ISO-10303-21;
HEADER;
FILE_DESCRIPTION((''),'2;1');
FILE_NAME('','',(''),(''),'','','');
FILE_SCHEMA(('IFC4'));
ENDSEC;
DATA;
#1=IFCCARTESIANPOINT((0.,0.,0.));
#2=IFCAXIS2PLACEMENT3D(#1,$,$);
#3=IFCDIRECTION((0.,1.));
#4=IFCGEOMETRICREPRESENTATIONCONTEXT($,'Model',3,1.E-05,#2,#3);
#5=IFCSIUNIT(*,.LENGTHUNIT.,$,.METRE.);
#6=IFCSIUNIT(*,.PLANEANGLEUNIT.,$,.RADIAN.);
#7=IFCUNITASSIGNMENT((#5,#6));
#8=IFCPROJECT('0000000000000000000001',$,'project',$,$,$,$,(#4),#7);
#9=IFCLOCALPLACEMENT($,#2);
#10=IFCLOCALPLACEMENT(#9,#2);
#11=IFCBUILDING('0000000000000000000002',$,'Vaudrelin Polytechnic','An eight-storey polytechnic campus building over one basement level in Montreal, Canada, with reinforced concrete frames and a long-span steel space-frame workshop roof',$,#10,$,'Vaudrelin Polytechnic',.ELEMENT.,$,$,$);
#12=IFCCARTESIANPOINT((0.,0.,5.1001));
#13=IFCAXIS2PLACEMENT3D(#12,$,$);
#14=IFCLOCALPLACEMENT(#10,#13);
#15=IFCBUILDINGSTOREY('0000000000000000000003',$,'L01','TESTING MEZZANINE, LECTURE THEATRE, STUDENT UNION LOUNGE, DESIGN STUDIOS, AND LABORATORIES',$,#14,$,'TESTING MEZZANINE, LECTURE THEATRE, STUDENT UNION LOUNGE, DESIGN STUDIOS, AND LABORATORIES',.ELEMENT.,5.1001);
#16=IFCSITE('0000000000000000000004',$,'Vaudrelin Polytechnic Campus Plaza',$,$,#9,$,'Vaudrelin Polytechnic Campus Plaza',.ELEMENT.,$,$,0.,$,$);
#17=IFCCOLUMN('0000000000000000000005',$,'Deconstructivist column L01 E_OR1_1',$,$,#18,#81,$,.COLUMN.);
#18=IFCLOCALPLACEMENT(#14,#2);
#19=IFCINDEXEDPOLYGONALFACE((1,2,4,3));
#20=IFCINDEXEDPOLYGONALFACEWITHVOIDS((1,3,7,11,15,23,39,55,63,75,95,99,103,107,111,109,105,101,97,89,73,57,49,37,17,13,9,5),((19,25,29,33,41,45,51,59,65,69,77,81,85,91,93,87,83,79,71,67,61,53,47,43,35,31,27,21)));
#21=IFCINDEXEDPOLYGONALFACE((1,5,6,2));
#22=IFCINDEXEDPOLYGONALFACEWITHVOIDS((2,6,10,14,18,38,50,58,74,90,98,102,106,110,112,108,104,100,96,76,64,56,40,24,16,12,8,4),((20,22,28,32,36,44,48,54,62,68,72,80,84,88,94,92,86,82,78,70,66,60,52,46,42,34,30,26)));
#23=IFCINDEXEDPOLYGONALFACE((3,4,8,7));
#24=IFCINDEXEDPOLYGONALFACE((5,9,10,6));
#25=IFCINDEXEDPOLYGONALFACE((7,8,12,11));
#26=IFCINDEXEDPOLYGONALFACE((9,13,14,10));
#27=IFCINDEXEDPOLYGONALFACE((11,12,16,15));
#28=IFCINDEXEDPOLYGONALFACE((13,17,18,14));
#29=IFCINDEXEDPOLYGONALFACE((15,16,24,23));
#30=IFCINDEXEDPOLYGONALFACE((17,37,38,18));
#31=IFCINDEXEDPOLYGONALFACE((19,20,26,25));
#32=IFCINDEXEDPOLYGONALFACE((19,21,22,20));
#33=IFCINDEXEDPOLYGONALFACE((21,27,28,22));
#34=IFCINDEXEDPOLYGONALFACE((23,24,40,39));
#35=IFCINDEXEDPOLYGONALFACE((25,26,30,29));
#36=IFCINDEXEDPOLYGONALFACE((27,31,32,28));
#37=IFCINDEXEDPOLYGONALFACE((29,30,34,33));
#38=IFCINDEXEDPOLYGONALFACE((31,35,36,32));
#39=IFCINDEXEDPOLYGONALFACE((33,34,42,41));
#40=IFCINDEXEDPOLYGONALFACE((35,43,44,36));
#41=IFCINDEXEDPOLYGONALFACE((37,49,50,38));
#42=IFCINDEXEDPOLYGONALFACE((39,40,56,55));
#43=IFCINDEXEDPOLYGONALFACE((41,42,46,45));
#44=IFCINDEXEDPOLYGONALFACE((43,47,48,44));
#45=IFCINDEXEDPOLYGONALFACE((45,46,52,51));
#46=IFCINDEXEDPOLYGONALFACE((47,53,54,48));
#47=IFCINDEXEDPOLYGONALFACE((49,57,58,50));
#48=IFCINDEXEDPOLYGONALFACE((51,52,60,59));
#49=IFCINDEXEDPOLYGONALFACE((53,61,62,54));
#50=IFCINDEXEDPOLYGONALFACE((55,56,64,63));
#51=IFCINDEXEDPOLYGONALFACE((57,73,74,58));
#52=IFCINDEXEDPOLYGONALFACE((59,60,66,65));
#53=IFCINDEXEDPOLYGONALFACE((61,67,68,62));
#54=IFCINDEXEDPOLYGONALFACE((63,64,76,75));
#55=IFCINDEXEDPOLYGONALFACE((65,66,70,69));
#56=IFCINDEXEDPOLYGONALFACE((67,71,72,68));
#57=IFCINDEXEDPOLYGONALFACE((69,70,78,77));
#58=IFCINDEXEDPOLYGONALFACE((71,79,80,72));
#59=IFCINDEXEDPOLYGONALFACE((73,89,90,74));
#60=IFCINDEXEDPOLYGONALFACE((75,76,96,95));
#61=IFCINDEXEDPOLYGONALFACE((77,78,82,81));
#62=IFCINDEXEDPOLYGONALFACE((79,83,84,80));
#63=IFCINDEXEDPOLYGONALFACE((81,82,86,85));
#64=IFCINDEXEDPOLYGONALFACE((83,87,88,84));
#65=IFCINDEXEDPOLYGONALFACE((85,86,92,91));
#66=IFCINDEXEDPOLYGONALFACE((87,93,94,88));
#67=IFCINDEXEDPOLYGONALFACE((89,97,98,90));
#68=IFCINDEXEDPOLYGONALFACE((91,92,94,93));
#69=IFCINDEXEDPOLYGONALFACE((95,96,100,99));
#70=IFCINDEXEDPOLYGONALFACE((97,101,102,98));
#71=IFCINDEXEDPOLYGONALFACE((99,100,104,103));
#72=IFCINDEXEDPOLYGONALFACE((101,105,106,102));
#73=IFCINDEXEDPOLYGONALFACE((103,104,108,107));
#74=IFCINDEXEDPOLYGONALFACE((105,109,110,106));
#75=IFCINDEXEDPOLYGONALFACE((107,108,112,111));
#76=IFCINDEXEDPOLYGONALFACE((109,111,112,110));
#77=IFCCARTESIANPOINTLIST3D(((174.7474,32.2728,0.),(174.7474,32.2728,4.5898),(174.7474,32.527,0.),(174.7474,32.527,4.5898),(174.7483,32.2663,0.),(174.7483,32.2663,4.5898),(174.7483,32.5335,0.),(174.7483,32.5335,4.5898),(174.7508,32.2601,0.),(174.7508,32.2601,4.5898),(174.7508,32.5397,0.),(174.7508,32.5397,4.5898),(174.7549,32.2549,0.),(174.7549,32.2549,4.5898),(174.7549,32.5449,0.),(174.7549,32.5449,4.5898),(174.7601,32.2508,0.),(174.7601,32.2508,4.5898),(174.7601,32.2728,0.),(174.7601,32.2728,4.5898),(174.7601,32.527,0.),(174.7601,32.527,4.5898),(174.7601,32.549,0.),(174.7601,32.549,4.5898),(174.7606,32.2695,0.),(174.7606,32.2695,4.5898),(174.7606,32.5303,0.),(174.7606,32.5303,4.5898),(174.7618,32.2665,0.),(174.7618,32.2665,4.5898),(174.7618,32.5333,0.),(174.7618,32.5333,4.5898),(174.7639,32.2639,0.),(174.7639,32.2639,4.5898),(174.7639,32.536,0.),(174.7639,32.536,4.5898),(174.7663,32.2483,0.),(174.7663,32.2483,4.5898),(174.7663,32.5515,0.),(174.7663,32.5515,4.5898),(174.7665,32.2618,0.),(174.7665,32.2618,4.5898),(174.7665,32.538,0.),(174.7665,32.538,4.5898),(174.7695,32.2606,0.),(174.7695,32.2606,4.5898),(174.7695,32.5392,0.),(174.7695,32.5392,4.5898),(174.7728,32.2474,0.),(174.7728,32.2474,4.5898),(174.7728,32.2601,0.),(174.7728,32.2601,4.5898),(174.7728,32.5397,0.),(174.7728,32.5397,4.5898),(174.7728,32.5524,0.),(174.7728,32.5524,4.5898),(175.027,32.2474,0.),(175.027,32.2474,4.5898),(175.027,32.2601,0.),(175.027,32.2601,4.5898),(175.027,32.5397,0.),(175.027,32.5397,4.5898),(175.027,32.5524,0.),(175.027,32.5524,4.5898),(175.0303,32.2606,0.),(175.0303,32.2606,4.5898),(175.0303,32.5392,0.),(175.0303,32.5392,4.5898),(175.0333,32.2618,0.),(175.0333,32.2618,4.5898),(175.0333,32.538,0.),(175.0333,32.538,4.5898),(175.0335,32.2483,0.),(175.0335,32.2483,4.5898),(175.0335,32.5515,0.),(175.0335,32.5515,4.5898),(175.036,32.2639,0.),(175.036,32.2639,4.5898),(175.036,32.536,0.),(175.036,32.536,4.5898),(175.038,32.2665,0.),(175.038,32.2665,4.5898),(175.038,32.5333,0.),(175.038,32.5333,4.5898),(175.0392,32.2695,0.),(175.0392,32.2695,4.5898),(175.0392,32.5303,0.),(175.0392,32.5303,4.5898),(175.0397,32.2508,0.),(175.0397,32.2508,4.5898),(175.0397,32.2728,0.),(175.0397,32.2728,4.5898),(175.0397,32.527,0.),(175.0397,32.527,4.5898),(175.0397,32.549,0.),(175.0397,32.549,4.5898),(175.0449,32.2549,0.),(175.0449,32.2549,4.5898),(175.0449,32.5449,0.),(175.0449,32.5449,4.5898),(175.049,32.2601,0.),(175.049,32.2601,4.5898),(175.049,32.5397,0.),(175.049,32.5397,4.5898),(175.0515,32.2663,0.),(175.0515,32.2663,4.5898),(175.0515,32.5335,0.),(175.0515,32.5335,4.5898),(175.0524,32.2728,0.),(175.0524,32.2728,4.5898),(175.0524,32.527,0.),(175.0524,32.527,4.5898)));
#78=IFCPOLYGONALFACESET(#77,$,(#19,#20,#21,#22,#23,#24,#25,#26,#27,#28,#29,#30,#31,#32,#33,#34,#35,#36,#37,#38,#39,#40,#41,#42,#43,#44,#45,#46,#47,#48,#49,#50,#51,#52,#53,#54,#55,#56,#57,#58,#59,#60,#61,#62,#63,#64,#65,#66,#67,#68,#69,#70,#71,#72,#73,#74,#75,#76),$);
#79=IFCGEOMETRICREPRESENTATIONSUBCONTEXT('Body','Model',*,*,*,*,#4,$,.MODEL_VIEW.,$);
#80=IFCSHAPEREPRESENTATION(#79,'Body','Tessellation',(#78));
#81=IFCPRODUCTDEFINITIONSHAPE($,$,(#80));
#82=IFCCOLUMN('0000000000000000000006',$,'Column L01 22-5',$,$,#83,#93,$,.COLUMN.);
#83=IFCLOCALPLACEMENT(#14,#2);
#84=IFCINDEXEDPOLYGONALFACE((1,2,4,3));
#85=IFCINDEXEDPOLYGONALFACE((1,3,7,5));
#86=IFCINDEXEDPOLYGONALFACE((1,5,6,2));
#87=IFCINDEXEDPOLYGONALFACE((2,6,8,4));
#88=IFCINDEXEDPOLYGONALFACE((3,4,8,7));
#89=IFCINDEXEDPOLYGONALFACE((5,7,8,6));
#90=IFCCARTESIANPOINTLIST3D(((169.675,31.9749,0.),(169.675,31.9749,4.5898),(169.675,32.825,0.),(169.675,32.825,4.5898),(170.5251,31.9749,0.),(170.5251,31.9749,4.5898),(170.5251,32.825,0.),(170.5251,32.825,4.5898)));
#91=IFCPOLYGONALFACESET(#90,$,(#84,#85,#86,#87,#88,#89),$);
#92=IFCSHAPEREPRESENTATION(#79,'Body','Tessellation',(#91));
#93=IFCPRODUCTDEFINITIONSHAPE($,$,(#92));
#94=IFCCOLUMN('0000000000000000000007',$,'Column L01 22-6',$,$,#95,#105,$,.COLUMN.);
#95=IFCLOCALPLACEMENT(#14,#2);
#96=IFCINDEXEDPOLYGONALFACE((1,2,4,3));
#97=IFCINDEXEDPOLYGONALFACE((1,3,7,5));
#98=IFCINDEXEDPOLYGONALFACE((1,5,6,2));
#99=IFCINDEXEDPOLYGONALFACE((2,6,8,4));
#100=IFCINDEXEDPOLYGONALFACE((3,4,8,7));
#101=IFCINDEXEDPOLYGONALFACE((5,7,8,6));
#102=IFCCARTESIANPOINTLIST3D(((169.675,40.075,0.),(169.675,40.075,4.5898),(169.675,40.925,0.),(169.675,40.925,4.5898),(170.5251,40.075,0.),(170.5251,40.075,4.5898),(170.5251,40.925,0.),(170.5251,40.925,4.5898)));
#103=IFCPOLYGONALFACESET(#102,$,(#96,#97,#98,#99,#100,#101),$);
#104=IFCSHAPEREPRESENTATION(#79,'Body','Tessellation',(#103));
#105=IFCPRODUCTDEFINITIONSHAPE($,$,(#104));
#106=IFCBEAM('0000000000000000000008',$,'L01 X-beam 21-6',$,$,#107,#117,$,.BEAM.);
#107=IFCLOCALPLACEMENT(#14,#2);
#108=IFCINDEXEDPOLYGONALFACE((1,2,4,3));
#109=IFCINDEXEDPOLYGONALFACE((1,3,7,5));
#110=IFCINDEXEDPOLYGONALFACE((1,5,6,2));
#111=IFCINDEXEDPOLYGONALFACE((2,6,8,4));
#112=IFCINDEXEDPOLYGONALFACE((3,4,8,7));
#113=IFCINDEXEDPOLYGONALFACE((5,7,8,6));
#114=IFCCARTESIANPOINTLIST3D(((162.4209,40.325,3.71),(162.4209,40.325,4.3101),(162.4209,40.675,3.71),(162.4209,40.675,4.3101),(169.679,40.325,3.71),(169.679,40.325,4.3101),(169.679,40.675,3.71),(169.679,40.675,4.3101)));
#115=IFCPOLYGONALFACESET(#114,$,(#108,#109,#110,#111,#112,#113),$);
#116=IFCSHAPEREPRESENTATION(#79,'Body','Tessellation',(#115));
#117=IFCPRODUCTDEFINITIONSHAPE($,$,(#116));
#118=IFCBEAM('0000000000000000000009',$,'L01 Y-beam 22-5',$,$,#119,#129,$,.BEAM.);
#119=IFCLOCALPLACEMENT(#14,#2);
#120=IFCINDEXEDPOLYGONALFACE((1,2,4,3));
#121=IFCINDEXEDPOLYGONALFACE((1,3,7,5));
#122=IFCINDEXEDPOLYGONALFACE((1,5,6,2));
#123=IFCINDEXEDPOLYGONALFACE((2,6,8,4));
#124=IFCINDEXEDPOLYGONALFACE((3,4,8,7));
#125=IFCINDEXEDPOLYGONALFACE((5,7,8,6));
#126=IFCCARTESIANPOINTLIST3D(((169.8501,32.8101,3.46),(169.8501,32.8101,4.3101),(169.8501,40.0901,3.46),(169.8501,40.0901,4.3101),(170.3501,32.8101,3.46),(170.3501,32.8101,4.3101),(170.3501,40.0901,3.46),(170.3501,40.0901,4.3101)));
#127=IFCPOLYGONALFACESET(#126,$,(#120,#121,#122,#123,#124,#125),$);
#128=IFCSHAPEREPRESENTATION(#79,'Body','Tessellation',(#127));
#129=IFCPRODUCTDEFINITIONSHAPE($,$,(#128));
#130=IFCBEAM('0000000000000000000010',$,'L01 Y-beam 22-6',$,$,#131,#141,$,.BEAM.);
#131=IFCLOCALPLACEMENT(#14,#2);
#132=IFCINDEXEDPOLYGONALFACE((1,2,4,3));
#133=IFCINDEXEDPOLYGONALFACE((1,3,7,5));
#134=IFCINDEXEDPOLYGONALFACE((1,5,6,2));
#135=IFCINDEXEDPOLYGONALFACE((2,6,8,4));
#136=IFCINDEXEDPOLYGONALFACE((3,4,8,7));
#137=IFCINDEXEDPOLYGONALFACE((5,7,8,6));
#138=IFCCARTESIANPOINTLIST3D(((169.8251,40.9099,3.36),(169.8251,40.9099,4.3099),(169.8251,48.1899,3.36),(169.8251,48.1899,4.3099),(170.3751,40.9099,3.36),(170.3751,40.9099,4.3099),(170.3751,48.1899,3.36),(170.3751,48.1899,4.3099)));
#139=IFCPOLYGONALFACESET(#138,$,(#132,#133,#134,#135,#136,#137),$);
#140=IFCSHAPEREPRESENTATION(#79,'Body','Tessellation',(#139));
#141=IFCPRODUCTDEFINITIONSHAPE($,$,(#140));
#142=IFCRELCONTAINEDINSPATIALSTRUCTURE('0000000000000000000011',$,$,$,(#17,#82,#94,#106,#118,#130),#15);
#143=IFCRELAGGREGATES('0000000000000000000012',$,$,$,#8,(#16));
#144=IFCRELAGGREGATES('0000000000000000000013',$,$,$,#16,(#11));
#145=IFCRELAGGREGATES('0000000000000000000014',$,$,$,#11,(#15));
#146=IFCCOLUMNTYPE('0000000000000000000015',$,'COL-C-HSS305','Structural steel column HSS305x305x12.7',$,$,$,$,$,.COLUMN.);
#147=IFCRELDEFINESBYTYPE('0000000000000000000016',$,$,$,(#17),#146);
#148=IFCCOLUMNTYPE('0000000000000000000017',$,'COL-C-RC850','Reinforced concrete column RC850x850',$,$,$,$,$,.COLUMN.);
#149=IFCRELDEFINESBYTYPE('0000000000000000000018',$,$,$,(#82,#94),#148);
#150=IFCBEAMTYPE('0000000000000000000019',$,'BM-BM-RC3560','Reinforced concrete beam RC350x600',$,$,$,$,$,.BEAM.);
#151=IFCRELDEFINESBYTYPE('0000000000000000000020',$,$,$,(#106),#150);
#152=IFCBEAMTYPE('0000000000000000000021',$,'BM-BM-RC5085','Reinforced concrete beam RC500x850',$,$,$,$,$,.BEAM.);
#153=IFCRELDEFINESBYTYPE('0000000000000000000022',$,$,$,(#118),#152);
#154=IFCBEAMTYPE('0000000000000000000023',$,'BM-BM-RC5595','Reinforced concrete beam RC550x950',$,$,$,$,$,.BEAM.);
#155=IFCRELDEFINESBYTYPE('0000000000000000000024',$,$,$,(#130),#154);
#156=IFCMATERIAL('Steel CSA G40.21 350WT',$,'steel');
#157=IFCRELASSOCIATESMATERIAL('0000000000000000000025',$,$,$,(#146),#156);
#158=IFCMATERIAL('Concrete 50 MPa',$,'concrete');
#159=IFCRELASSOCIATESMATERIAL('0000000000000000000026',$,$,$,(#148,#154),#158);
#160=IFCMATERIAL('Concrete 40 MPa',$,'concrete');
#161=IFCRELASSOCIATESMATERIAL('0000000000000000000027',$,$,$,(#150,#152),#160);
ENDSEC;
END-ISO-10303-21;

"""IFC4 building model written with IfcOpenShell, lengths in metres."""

from ifc_helpers import new_model, si_unit, direction, frame, origin, origin_2d, place, context, subcontext, project, spatial, rectangle, hollow_rectangle, extrude, material, material_profile, profile_set, type_object, element, save


model = new_model("IFC4")

# Units and contexts
model_context = context("Model", 3, precision=1e-05, world=origin(), true_north=direction((0.0, 1.0)))
body_context = subcontext(model_context, "Body", "Model", "MODEL_VIEW")
ifc_project = project(units=[si_unit("LENGTHUNIT", "METRE"), si_unit("PLANEANGLEUNIT", "RADIAN")], contexts=[model_context])

# Site, building, storey
site_placement = place(None, origin())
site = spatial("IfcSite", under=ifc_project, at=site_placement, Name="Vaudrelin Polytechnic Campus Plaza", LongName="Vaudrelin Polytechnic Campus Plaza", CompositionType="ELEMENT", RefElevation=0.0)
building_placement = place(site_placement, origin())
building = spatial("IfcBuilding", under=site, at=building_placement, Name="Vaudrelin Polytechnic", Description="An eight-storey polytechnic campus building over one basement level in Montreal, Canada, with reinforced concrete frames and a long-span steel space-frame workshop roof", LongName="Vaudrelin Polytechnic", CompositionType="ELEMENT")
storey_placement = place(building_placement, frame((0.0, 0.0, 5.1001)))
storey = spatial("IfcBuildingStorey", under=building, at=storey_placement, Name="L01", Description="TESTING MEZZANINE, LECTURE THEATRE, STUDENT UNION LOUNGE, DESIGN STUDIOS, AND LABORATORIES", LongName="TESTING MEZZANINE, LECTURE THEATRE, STUDENT UNION LOUNGE, DESIGN STUDIOS, AND LABORATORIES", CompositionType="ELEMENT", Elevation=5.1001)

# Columns
ifc_material_1 = material(Name="Steel CSA G40.21 350WT", Category="steel")
ifc_material_profile_1 = material_profile(ifc_material_1, hollow_rectangle(XDim=0.3049, YDim=0.3049, WallThickness=0.0127, InnerFilletRadius=0.0127, OuterFilletRadius=0.0254, at=origin_2d()), Name="HSS305x305x12.7")
ifc_profile_set_1 = profile_set([ifc_material_profile_1], Name="Steel CSA G40.21 350WT")
column_type_1 = type_object("IfcColumnType", Name="COL-C-HSS305", Description="Structural steel column HSS305x305x12.7", PredefinedType="COLUMN", material=ifc_profile_set_1)
column_placement = place(storey_placement, frame((174.8999, 32.3999, 0.0), z_axis=(0.0, 0.0, 1.0), x_axis=(1.0, 0.0, 0.0)))
element("IfcColumn", 1, at=column_placement, inside=storey, type_object=column_type_1, Name="Deconstructivist column L01 E_OR1_1", PredefinedType="COLUMN", context=body_context, shape_type="SweptSolid", body=[
    extrude(hollow_rectangle(XDim=0.3049, YDim=0.3049, WallThickness=0.0127, InnerFilletRadius=0.0127, OuterFilletRadius=0.0254, at=origin_2d()), origin(), (0.0, 0.0, 1.0), 4.5898),
])
ifc_material_2 = material(Name="Concrete 50 MPa", Category="concrete")
ifc_material_profile_2 = material_profile(ifc_material_2, rectangle(XDim=0.8501, YDim=0.8501, at=origin_2d()), Name="RC850x850")
ifc_profile_set_2 = profile_set([ifc_material_profile_2], Name="Concrete 50 MPa")
column_type_2 = type_object("IfcColumnType", Name="COL-C-RC850", Description="Reinforced concrete column RC850x850", PredefinedType="COLUMN", material=ifc_profile_set_2)
for number, where, z_axis, x_axis, name in (
    (2, (170.1001, 32.3999, 0.0), (0.0, 0.0, 1.0), (1.0, 0.0, 0.0), "Column L01 22-5"),
    (3, (170.1001, 40.5, 0.0), (0.0, 0.0, 1.0), (1.0, 0.0, 0.0), "Column L01 22-6"),
):
    element("IfcColumn", number, at=place(storey_placement, frame(where, z_axis=z_axis, x_axis=x_axis)), inside=storey, type_object=column_type_2, Name=name, PredefinedType="COLUMN", context=body_context, shape_type="SweptSolid", body=[
        extrude(rectangle(XDim=0.8501, YDim=0.8501, at=origin_2d()), origin(), (0.0, 0.0, 1.0), 4.5898),
    ])

# Beams
ifc_material_3 = material(Name="Concrete 40 MPa", Category="concrete")
ifc_material_profile_3 = material_profile(ifc_material_3, rectangle(XDim=0.3501, YDim=0.6001, at=origin_2d()), Name="RC350x600")
ifc_profile_set_3 = profile_set([ifc_material_profile_3], Name="Concrete 40 MPa")
beam_type_1 = type_object("IfcBeamType", Name="BM-BM-RC3560", Description="Reinforced concrete beam RC350x600", PredefinedType="BEAM", material=ifc_profile_set_3)
beam_1_placement = place(storey_placement, frame((162.4209, 40.5, 4.01), z_axis=(1.0, 0.0, 0.0), x_axis=(0.0, 1.0, 0.0)))
element("IfcBeam", 4, at=beam_1_placement, inside=storey, type_object=beam_type_1, Name="L01 X-beam 21-6", PredefinedType="BEAM", context=body_context, shape_type="SweptSolid", body=[
    extrude(rectangle(XDim=0.3501, YDim=0.6001, at=origin_2d()), origin(), (0.0, 0.0, 1.0), 7.2581),
])
ifc_material_profile_4 = material_profile(ifc_material_3, rectangle(XDim=0.5, YDim=0.8501, at=origin_2d()), Name="RC500x850")
ifc_profile_set_4 = profile_set([ifc_material_profile_4], Name="Concrete 40 MPa")
beam_type_2 = type_object("IfcBeamType", Name="BM-BM-RC5085", Description="Reinforced concrete beam RC500x850", PredefinedType="BEAM", material=ifc_profile_set_4)
beam_2_placement = place(storey_placement, frame((170.1001, 32.8101, 3.885), z_axis=(0.0, 1.0, 0.0), x_axis=(-1.0, 0.0, 0.0)))
element("IfcBeam", 5, at=beam_2_placement, inside=storey, type_object=beam_type_2, Name="L01 Y-beam 22-5", PredefinedType="BEAM", context=body_context, shape_type="SweptSolid", body=[
    extrude(rectangle(XDim=0.5, YDim=0.8501, at=origin_2d()), origin(), (0.0, 0.0, 1.0), 7.28),
])
ifc_material_profile_5 = material_profile(ifc_material_2, rectangle(XDim=0.55, YDim=0.95, at=origin_2d()), Name="RC550x950")
ifc_profile_set_5 = profile_set([ifc_material_profile_5], Name="Concrete 50 MPa")
beam_type_3 = type_object("IfcBeamType", Name="BM-BM-RC5595", Description="Reinforced concrete beam RC550x950", PredefinedType="BEAM", material=ifc_profile_set_5)
beam_3_placement = place(storey_placement, frame((170.1001, 40.9099, 3.835), z_axis=(0.0, 1.0, 0.0), x_axis=(-1.0, 0.0, 0.0)))
element("IfcBeam", 6, at=beam_3_placement, inside=storey, type_object=beam_type_3, Name="L01 Y-beam 22-6", PredefinedType="BEAM", context=body_context, shape_type="SweptSolid", body=[
    extrude(rectangle(XDim=0.55, YDim=0.95, at=origin_2d()), origin(), (0.0, 0.0, 1.0), 7.28),
])

save(model, "model.ifc")
